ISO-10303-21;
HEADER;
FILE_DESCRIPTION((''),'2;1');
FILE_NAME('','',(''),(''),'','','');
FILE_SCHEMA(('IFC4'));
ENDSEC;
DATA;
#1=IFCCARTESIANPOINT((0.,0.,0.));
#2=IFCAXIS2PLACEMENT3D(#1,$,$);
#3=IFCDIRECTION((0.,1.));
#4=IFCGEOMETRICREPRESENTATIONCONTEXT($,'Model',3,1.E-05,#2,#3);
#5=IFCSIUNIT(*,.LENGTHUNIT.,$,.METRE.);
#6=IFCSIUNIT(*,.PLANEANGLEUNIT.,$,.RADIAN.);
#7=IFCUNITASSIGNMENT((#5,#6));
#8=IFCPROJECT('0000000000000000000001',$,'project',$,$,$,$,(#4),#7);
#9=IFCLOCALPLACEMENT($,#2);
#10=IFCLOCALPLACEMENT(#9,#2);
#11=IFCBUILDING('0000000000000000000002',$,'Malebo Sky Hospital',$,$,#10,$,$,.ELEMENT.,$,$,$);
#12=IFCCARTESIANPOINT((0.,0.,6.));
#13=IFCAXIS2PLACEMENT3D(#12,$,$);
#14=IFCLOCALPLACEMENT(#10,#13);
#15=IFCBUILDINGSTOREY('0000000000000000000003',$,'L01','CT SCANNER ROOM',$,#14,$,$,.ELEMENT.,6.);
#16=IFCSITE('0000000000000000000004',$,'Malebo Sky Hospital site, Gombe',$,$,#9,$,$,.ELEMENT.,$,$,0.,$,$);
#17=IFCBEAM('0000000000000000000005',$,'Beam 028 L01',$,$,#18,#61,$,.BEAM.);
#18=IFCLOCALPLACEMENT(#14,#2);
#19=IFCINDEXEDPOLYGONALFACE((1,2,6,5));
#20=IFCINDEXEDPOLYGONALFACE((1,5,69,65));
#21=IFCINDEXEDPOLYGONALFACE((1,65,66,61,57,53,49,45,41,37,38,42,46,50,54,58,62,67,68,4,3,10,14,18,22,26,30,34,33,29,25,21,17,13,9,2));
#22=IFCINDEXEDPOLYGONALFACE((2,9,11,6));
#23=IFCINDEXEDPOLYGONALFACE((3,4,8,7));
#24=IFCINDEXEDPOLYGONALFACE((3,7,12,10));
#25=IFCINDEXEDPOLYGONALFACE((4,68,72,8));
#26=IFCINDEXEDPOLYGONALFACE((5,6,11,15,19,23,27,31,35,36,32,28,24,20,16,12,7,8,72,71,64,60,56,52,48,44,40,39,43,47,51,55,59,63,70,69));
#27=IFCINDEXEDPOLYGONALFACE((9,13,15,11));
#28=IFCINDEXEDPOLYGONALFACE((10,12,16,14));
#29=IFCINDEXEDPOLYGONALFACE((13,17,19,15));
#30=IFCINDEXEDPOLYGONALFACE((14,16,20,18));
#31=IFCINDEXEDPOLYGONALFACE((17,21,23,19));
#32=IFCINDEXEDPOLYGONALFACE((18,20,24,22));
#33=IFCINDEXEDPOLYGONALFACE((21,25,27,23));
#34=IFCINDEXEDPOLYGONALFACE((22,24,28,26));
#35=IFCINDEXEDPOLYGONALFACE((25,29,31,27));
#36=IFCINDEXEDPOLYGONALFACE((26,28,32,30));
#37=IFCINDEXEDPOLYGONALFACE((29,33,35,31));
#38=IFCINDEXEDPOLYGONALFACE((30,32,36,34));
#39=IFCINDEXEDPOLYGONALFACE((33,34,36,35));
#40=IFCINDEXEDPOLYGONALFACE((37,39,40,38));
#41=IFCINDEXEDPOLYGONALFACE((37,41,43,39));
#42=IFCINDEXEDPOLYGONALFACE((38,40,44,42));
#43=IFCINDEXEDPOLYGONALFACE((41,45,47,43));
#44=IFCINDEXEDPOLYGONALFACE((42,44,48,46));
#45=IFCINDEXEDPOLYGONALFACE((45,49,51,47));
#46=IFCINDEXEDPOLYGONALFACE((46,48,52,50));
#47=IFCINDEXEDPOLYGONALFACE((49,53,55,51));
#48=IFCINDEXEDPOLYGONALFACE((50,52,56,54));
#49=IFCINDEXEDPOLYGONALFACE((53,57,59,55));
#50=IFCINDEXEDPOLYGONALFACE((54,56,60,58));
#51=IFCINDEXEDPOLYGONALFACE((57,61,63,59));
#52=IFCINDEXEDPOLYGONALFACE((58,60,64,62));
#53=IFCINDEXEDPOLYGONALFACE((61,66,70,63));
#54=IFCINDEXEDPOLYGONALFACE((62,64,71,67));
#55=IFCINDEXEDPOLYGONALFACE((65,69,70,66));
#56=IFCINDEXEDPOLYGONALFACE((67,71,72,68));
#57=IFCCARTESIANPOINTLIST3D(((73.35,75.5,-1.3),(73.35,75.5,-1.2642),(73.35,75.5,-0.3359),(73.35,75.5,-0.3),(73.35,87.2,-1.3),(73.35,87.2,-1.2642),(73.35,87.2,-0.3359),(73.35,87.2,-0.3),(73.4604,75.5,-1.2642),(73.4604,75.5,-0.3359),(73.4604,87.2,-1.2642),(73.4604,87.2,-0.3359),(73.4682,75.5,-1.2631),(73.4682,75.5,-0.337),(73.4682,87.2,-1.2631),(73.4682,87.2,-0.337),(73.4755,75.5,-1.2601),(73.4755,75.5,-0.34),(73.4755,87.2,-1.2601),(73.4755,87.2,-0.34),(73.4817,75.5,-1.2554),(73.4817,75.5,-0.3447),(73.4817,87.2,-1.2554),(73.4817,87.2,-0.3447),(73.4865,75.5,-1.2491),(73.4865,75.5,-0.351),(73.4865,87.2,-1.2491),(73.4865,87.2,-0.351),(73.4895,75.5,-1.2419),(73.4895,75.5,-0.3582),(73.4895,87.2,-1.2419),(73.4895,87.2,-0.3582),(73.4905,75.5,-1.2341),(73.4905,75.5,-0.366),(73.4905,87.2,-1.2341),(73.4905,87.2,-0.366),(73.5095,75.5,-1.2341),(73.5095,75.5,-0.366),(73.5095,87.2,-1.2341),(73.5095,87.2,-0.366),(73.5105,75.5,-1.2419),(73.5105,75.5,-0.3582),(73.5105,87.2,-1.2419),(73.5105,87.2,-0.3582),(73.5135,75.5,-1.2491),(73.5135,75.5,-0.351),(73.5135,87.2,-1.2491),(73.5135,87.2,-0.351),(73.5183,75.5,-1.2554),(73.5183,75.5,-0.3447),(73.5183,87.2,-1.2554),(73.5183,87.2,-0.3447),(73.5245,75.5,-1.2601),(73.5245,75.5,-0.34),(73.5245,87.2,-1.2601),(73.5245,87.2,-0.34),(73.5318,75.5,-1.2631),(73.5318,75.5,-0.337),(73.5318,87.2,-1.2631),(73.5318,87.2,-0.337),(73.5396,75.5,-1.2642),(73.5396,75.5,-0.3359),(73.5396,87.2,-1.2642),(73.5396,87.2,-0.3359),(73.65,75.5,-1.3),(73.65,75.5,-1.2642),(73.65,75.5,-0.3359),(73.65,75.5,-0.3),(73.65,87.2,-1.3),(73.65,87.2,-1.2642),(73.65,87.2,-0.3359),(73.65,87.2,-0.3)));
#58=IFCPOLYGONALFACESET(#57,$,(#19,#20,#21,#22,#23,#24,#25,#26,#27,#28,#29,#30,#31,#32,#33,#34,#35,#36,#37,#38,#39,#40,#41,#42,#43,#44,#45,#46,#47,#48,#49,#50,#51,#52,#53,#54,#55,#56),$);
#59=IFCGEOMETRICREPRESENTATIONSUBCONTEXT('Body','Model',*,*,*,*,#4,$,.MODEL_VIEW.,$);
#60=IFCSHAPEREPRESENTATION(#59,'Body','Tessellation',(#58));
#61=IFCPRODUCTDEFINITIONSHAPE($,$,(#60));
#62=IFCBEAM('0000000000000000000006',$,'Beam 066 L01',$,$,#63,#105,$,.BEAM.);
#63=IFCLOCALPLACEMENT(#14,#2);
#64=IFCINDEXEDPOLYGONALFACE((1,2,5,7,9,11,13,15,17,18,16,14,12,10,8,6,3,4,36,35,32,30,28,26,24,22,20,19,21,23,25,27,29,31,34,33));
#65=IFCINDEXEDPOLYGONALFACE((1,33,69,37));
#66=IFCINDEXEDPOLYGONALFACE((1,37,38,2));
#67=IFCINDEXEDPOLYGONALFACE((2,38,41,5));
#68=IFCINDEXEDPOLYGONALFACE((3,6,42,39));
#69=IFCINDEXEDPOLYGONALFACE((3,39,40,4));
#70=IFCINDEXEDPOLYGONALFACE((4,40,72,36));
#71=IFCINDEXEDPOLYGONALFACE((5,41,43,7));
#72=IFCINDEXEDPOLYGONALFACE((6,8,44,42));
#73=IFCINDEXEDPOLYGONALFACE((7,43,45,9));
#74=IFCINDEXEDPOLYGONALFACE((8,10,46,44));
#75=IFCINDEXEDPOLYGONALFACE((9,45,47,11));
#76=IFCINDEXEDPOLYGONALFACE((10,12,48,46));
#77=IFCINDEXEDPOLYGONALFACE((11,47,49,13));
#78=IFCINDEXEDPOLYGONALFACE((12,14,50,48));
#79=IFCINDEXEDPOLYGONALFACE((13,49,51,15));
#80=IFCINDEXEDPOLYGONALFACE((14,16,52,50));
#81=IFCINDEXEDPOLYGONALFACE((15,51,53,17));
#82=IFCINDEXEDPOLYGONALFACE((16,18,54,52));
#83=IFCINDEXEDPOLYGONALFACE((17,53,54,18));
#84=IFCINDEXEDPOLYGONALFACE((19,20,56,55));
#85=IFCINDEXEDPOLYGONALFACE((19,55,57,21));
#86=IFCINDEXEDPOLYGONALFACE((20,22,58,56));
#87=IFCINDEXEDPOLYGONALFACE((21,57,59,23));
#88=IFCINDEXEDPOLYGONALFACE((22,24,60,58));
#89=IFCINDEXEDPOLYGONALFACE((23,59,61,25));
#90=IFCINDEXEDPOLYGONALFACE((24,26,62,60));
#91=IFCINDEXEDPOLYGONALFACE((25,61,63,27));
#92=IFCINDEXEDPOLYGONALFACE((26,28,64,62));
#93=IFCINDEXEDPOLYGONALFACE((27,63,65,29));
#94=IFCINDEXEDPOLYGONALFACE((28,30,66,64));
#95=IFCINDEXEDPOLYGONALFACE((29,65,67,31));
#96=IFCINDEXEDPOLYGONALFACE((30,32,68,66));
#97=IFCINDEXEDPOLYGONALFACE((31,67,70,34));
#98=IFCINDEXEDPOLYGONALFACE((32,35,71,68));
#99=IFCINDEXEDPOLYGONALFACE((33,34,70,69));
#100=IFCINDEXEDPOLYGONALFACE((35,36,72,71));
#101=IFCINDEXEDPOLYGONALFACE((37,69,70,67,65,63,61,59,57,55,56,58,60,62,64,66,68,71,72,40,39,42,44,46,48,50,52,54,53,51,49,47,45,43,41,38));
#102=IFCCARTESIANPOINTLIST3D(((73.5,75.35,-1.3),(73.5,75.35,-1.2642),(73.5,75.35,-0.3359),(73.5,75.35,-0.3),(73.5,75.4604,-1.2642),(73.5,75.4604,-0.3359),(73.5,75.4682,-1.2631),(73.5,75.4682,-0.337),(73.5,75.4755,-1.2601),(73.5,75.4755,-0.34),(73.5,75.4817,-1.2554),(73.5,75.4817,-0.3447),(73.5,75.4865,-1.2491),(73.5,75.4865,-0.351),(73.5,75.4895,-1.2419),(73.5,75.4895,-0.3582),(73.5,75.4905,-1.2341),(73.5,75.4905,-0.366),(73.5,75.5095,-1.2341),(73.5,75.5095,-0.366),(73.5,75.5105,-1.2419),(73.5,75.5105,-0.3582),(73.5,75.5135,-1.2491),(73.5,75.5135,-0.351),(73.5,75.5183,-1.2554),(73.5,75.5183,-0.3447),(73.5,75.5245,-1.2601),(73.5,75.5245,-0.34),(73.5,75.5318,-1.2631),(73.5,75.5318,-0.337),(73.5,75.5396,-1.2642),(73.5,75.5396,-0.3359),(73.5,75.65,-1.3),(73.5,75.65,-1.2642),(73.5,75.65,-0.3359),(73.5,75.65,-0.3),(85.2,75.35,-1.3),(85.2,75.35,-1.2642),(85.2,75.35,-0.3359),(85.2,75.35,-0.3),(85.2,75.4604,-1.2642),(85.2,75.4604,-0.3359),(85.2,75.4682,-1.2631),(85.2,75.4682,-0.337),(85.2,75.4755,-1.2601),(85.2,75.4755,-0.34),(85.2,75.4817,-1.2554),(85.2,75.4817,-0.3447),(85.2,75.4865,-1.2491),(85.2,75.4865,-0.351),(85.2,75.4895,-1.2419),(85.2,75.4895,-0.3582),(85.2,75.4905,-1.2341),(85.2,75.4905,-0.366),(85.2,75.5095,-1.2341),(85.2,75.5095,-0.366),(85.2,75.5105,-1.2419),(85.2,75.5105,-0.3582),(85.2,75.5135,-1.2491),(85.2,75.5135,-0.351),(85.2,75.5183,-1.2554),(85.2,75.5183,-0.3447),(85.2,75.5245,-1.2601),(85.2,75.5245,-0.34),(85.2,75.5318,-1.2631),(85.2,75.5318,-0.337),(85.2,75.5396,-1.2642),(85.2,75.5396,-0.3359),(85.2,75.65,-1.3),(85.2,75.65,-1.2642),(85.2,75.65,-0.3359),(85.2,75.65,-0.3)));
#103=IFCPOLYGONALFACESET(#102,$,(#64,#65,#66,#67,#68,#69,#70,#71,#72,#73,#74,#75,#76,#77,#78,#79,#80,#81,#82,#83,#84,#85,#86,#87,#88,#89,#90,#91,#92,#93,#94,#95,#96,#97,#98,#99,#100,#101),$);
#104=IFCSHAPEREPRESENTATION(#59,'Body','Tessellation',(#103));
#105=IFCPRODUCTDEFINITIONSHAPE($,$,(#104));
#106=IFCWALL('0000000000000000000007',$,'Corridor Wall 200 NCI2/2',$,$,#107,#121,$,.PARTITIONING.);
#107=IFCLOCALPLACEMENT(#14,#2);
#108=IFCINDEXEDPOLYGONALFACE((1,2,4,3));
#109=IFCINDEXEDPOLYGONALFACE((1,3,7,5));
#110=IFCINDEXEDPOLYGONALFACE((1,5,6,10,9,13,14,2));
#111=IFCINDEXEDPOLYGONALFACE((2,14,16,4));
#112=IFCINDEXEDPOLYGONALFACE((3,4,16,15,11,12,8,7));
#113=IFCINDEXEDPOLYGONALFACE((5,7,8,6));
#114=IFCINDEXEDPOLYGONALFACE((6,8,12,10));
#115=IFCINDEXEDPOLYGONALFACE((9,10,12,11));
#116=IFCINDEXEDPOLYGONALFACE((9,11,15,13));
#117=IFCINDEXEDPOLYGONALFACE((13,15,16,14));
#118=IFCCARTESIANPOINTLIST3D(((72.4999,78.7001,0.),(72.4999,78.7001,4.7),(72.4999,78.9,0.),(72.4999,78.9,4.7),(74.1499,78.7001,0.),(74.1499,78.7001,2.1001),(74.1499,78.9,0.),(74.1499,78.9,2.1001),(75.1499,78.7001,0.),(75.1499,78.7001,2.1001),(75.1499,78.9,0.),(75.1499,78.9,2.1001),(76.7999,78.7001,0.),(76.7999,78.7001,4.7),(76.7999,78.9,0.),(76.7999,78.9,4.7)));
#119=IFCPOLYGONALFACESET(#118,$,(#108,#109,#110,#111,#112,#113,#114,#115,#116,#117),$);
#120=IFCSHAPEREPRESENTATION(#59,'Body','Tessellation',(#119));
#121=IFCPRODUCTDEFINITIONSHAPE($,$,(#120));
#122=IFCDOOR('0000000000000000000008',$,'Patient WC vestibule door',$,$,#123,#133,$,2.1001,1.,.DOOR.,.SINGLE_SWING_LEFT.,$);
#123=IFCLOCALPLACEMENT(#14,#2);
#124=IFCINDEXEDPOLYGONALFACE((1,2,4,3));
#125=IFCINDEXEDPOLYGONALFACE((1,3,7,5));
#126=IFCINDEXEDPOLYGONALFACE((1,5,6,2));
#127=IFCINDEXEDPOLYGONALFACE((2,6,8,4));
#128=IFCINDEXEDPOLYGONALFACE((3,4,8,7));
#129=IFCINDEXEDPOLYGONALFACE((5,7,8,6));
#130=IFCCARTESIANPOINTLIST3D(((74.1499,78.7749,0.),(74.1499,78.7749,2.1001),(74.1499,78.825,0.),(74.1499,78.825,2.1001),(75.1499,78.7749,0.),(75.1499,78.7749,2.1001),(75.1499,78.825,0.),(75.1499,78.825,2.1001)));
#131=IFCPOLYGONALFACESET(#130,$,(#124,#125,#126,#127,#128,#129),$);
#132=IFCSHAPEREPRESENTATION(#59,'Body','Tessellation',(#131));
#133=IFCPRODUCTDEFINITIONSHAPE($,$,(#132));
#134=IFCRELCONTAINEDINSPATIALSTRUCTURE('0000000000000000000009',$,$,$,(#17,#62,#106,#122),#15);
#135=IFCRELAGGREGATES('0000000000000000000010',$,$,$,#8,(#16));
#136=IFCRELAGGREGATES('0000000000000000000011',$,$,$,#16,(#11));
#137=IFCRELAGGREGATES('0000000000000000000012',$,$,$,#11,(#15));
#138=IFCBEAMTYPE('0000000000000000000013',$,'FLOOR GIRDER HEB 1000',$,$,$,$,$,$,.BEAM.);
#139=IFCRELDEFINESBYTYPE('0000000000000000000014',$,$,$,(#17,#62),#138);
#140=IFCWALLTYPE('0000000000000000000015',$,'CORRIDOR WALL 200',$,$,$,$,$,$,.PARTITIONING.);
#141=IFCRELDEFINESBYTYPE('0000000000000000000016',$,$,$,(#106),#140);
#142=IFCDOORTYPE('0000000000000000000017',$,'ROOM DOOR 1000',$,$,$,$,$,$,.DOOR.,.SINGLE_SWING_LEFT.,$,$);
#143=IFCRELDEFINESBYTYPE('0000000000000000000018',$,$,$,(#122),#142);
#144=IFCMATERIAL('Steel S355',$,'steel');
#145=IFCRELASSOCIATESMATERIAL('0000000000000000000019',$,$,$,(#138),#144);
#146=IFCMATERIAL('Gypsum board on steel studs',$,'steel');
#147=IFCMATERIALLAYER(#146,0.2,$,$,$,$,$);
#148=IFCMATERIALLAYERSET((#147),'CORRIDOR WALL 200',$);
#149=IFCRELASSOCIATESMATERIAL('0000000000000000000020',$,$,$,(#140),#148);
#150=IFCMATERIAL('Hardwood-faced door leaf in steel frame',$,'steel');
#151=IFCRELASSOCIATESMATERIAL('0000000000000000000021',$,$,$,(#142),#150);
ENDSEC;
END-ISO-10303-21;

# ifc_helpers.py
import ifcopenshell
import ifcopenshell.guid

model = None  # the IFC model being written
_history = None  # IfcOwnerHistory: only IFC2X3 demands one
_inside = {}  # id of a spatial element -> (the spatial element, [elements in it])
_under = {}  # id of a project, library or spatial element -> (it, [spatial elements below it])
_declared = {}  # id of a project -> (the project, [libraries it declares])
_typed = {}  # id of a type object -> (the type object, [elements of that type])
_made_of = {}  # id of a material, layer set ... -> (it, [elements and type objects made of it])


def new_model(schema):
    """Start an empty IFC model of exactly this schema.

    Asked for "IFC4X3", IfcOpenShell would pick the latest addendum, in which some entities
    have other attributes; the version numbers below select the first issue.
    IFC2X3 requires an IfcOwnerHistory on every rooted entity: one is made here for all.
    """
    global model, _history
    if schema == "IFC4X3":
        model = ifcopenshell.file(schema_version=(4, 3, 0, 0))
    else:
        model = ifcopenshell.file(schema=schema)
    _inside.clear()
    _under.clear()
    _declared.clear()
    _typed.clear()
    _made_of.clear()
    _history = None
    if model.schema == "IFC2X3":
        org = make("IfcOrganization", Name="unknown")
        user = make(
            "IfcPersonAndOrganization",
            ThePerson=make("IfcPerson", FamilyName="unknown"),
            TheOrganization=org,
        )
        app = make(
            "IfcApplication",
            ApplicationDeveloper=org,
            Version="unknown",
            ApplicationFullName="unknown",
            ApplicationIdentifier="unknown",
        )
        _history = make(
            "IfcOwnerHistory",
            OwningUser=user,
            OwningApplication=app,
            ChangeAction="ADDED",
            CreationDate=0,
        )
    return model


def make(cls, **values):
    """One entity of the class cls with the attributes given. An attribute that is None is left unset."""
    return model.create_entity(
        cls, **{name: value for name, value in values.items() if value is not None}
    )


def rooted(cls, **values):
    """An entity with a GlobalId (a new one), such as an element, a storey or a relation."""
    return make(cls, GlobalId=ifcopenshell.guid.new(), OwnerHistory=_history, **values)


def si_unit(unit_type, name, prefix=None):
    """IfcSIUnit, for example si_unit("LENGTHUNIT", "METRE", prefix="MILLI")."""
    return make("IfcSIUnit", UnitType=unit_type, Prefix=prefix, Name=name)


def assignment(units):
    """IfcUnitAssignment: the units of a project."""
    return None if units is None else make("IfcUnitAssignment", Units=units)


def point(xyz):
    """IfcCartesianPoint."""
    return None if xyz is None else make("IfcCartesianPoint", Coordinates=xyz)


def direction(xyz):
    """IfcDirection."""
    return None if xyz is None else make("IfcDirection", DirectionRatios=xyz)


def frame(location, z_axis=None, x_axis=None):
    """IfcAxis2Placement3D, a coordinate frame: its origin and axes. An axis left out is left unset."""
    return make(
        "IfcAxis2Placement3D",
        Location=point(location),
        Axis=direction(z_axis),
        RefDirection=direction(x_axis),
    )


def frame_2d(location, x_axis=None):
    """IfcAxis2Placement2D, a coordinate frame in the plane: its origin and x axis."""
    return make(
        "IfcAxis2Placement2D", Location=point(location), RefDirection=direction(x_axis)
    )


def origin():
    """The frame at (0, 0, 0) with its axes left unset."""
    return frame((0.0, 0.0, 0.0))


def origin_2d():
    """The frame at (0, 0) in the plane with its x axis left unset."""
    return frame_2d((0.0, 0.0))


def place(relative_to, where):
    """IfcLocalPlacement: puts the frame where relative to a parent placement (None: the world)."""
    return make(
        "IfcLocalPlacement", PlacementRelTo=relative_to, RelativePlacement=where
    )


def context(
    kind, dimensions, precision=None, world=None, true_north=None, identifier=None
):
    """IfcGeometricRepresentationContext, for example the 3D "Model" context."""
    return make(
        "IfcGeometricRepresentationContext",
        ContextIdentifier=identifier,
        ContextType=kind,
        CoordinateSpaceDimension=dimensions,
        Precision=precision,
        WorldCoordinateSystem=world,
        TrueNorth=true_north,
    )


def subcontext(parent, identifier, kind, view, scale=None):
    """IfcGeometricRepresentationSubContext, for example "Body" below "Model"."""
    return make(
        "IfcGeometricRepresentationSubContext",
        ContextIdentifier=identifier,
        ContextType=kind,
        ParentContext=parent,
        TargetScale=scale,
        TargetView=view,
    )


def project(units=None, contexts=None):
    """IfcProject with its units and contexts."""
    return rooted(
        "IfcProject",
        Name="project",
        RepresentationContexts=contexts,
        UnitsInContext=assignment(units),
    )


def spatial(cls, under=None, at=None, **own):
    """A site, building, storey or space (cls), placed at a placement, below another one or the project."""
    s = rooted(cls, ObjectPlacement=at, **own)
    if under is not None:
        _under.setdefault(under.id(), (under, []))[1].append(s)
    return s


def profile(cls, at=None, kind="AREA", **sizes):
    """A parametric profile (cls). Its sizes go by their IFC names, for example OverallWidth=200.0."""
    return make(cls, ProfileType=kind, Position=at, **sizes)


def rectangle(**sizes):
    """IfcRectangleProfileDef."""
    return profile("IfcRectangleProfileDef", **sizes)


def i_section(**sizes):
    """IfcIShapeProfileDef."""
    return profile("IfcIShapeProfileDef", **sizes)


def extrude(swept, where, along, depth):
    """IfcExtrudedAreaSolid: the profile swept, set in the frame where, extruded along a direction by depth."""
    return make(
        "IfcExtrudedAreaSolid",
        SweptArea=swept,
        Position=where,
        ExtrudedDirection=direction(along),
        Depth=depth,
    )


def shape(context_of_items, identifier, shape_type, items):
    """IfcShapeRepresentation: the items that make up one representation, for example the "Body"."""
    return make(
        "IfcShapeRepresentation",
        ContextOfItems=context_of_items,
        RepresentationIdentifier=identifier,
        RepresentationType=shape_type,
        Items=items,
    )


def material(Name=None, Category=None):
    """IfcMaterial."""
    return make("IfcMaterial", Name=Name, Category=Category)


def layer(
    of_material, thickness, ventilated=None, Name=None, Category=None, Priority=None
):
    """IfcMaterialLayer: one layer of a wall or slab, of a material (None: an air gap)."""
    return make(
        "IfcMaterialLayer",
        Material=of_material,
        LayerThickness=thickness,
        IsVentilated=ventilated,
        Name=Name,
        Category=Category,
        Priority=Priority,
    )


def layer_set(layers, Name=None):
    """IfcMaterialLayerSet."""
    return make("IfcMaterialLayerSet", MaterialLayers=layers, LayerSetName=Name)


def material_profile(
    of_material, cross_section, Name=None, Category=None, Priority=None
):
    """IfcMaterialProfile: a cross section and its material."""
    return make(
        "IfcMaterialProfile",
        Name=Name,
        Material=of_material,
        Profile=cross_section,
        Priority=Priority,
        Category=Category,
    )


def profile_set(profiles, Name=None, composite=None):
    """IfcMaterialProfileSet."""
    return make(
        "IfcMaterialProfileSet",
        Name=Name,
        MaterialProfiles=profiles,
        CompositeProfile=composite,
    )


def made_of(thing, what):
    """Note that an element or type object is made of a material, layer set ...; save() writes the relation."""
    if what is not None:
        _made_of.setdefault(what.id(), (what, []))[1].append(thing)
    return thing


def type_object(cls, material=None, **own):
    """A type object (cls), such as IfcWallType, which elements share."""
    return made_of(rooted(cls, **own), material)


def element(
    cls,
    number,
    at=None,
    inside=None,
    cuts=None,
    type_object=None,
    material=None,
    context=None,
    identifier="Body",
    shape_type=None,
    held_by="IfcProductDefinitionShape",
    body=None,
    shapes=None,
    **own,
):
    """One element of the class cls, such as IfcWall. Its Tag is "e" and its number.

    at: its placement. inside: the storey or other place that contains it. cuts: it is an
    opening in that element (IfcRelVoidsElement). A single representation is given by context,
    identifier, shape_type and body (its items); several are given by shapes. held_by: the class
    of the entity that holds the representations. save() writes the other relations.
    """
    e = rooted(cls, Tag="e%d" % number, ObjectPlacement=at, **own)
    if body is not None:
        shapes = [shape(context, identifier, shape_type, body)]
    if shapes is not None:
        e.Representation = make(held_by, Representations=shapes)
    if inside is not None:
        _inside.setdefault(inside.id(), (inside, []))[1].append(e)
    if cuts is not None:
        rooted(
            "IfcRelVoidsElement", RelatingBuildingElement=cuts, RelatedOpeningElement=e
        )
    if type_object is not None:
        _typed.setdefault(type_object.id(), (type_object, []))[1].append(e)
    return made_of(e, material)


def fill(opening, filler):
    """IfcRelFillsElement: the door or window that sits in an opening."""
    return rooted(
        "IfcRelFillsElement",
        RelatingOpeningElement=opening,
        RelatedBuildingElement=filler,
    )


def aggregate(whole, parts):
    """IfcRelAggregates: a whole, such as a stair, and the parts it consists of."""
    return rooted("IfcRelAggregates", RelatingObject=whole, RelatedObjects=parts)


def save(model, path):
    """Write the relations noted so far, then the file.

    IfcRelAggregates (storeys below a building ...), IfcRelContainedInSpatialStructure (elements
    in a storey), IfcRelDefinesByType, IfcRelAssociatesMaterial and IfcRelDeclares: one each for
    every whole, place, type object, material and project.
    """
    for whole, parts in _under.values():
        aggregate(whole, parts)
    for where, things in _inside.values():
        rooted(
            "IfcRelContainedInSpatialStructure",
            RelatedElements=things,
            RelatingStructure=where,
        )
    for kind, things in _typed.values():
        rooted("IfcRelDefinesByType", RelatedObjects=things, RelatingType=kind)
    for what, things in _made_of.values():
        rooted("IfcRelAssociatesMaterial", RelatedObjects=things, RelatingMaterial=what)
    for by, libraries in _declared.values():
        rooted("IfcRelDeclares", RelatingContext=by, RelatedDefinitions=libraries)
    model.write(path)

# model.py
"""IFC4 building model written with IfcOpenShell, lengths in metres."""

from ifc_helpers import new_model, si_unit, direction, frame, frame_2d, origin, origin_2d, place, context, subcontext, project, spatial, rectangle, i_section, extrude, material, layer, layer_set, material_profile, profile_set, type_object, element, fill, save


model = new_model("IFC4")

# Units and contexts
model_context = context("Model", 3, precision=1e-05, world=origin(), true_north=direction((0.0, 1.0)))
body_context = subcontext(model_context, "Body", "Model", "MODEL_VIEW")
ifc_project = project(units=[si_unit("LENGTHUNIT", "METRE"), si_unit("PLANEANGLEUNIT", "RADIAN")], contexts=[model_context])

# Site, building, storey
site_placement = place(None, origin())
site = spatial("IfcSite", under=ifc_project, at=site_placement, Name="Malebo Sky Hospital site, Gombe", CompositionType="ELEMENT", RefElevation=0.0)
building_placement = place(site_placement, origin())
building = spatial("IfcBuilding", under=site, at=building_placement, Name="Malebo Sky Hospital", CompositionType="ELEMENT")
storey_placement = place(building_placement, frame((0.0, 0.0, 6.0)))
storey = spatial("IfcBuildingStorey", under=building, at=storey_placement, Name="L01", Description="CT SCANNER ROOM", CompositionType="ELEMENT", Elevation=6.0)

# Shared definitions
ifc_material_1 = material(Name="Steel S355", Category="steel")

# Beams
ifc_material_profile_1 = material_profile(ifc_material_1, i_section(OverallWidth=0.3, OverallDepth=1.0, WebThickness=0.019, FlangeThickness=0.0359, FilletRadius=0.03, at=origin_2d()), Name="HEB 1000")
ifc_profile_set_1 = profile_set([ifc_material_profile_1], Name="Steel S355")
beam_type_1 = type_object("IfcBeamType", Name="FLOOR GIRDER HEB 1000", PredefinedType="BEAM", material=ifc_profile_set_1)
for number, where, z_axis, x_axis, name in (
    (1, (73.5, 75.5, -0.8), (0.0, 1.0, 0.0), (-1.0, 0.0, 0.0), "Beam 028 L01"),
    (2, (73.5, 75.5, -0.8), (1.0, 0.0, 0.0), (0.0, 1.0, 0.0), "Beam 066 L01"),
):
    element("IfcBeam", number, at=place(storey_placement, frame(where, z_axis=z_axis, x_axis=x_axis)), inside=storey, type_object=beam_type_1, Name=name, PredefinedType="BEAM", context=body_context, shape_type="SweptSolid", body=[
        extrude(i_section(OverallWidth=0.3, OverallDepth=1.0, WebThickness=0.019, FlangeThickness=0.0359, FilletRadius=0.03, at=origin_2d()), origin(), (0.0, 0.0, 1.0), 11.7),
    ])

# Wall, opening, door
ifc_material_2 = material(Name="Gypsum board on steel studs", Category="steel")
ifc_layer_1 = layer(ifc_material_2, 0.2)
ifc_layer_set_1 = layer_set([ifc_layer_1], Name="CORRIDOR WALL 200")
wall_type_1 = type_object("IfcWallType", Name="CORRIDOR WALL 200", PredefinedType="PARTITIONING", material=ifc_layer_set_1)
wall_1_placement = place(storey_placement, frame((72.5, 78.8, 0.0), z_axis=(0.0, 0.0, 1.0), x_axis=(1.0, 0.0, 0.0)))
wall_1 = element("IfcWall", 3, at=wall_1_placement, inside=storey, type_object=wall_type_1, Name="Corridor Wall 200 NCI2/2", PredefinedType="PARTITIONING", context=body_context, shape_type="SweptSolid", body=[
    extrude(rectangle(XDim=4.3, YDim=0.2, at=frame_2d((2.1499, 0.0))), origin(), (0.0, 0.0, 1.0), 4.7),
])
opening_1_placement = place(wall_1_placement, frame((1.6499, 0.0, 0.0)))
opening_1 = element("IfcOpeningElement", 4, at=opening_1_placement, cuts=wall_1, PredefinedType="OPENING", context=body_context, shape_type="SweptSolid", body=[
    extrude(rectangle(XDim=1.0, YDim=2.1001, at=frame_2d((0.5, 1.05))), frame((0.0, 0.1099, 0.0), z_axis=(0.0, -1.0, 0.0), x_axis=(1.0, 0.0, 0.0)), (0.0, 0.0, 1.0), 0.22),
])
ifc_material_3 = material(Name="Hardwood-faced door leaf in steel frame", Category="steel")
door_type_1 = type_object("IfcDoorType", Name="ROOM DOOR 1000", OperationType="SINGLE_SWING_LEFT", PredefinedType="DOOR", material=ifc_material_3)
door_1_placement = place(opening_1_placement, origin())
door_1 = element("IfcDoor", 5, at=door_1_placement, inside=storey, type_object=door_type_1, Name="Patient WC vestibule door", OperationType="SINGLE_SWING_LEFT", OverallHeight=2.1001, OverallWidth=1.0, PredefinedType="DOOR", context=body_context, shape_type="SweptSolid", body=[
    extrude(rectangle(XDim=1.0, YDim=2.1001, at=frame_2d((0.5, 1.05))), frame((0.0, 0.0249, 0.0), z_axis=(0.0, -1.0, 0.0), x_axis=(1.0, 0.0, 0.0)), (0.0, 0.0, 1.0), 0.05),
])
fill(opening_1, door_1)

save(model, "model.ifc")
